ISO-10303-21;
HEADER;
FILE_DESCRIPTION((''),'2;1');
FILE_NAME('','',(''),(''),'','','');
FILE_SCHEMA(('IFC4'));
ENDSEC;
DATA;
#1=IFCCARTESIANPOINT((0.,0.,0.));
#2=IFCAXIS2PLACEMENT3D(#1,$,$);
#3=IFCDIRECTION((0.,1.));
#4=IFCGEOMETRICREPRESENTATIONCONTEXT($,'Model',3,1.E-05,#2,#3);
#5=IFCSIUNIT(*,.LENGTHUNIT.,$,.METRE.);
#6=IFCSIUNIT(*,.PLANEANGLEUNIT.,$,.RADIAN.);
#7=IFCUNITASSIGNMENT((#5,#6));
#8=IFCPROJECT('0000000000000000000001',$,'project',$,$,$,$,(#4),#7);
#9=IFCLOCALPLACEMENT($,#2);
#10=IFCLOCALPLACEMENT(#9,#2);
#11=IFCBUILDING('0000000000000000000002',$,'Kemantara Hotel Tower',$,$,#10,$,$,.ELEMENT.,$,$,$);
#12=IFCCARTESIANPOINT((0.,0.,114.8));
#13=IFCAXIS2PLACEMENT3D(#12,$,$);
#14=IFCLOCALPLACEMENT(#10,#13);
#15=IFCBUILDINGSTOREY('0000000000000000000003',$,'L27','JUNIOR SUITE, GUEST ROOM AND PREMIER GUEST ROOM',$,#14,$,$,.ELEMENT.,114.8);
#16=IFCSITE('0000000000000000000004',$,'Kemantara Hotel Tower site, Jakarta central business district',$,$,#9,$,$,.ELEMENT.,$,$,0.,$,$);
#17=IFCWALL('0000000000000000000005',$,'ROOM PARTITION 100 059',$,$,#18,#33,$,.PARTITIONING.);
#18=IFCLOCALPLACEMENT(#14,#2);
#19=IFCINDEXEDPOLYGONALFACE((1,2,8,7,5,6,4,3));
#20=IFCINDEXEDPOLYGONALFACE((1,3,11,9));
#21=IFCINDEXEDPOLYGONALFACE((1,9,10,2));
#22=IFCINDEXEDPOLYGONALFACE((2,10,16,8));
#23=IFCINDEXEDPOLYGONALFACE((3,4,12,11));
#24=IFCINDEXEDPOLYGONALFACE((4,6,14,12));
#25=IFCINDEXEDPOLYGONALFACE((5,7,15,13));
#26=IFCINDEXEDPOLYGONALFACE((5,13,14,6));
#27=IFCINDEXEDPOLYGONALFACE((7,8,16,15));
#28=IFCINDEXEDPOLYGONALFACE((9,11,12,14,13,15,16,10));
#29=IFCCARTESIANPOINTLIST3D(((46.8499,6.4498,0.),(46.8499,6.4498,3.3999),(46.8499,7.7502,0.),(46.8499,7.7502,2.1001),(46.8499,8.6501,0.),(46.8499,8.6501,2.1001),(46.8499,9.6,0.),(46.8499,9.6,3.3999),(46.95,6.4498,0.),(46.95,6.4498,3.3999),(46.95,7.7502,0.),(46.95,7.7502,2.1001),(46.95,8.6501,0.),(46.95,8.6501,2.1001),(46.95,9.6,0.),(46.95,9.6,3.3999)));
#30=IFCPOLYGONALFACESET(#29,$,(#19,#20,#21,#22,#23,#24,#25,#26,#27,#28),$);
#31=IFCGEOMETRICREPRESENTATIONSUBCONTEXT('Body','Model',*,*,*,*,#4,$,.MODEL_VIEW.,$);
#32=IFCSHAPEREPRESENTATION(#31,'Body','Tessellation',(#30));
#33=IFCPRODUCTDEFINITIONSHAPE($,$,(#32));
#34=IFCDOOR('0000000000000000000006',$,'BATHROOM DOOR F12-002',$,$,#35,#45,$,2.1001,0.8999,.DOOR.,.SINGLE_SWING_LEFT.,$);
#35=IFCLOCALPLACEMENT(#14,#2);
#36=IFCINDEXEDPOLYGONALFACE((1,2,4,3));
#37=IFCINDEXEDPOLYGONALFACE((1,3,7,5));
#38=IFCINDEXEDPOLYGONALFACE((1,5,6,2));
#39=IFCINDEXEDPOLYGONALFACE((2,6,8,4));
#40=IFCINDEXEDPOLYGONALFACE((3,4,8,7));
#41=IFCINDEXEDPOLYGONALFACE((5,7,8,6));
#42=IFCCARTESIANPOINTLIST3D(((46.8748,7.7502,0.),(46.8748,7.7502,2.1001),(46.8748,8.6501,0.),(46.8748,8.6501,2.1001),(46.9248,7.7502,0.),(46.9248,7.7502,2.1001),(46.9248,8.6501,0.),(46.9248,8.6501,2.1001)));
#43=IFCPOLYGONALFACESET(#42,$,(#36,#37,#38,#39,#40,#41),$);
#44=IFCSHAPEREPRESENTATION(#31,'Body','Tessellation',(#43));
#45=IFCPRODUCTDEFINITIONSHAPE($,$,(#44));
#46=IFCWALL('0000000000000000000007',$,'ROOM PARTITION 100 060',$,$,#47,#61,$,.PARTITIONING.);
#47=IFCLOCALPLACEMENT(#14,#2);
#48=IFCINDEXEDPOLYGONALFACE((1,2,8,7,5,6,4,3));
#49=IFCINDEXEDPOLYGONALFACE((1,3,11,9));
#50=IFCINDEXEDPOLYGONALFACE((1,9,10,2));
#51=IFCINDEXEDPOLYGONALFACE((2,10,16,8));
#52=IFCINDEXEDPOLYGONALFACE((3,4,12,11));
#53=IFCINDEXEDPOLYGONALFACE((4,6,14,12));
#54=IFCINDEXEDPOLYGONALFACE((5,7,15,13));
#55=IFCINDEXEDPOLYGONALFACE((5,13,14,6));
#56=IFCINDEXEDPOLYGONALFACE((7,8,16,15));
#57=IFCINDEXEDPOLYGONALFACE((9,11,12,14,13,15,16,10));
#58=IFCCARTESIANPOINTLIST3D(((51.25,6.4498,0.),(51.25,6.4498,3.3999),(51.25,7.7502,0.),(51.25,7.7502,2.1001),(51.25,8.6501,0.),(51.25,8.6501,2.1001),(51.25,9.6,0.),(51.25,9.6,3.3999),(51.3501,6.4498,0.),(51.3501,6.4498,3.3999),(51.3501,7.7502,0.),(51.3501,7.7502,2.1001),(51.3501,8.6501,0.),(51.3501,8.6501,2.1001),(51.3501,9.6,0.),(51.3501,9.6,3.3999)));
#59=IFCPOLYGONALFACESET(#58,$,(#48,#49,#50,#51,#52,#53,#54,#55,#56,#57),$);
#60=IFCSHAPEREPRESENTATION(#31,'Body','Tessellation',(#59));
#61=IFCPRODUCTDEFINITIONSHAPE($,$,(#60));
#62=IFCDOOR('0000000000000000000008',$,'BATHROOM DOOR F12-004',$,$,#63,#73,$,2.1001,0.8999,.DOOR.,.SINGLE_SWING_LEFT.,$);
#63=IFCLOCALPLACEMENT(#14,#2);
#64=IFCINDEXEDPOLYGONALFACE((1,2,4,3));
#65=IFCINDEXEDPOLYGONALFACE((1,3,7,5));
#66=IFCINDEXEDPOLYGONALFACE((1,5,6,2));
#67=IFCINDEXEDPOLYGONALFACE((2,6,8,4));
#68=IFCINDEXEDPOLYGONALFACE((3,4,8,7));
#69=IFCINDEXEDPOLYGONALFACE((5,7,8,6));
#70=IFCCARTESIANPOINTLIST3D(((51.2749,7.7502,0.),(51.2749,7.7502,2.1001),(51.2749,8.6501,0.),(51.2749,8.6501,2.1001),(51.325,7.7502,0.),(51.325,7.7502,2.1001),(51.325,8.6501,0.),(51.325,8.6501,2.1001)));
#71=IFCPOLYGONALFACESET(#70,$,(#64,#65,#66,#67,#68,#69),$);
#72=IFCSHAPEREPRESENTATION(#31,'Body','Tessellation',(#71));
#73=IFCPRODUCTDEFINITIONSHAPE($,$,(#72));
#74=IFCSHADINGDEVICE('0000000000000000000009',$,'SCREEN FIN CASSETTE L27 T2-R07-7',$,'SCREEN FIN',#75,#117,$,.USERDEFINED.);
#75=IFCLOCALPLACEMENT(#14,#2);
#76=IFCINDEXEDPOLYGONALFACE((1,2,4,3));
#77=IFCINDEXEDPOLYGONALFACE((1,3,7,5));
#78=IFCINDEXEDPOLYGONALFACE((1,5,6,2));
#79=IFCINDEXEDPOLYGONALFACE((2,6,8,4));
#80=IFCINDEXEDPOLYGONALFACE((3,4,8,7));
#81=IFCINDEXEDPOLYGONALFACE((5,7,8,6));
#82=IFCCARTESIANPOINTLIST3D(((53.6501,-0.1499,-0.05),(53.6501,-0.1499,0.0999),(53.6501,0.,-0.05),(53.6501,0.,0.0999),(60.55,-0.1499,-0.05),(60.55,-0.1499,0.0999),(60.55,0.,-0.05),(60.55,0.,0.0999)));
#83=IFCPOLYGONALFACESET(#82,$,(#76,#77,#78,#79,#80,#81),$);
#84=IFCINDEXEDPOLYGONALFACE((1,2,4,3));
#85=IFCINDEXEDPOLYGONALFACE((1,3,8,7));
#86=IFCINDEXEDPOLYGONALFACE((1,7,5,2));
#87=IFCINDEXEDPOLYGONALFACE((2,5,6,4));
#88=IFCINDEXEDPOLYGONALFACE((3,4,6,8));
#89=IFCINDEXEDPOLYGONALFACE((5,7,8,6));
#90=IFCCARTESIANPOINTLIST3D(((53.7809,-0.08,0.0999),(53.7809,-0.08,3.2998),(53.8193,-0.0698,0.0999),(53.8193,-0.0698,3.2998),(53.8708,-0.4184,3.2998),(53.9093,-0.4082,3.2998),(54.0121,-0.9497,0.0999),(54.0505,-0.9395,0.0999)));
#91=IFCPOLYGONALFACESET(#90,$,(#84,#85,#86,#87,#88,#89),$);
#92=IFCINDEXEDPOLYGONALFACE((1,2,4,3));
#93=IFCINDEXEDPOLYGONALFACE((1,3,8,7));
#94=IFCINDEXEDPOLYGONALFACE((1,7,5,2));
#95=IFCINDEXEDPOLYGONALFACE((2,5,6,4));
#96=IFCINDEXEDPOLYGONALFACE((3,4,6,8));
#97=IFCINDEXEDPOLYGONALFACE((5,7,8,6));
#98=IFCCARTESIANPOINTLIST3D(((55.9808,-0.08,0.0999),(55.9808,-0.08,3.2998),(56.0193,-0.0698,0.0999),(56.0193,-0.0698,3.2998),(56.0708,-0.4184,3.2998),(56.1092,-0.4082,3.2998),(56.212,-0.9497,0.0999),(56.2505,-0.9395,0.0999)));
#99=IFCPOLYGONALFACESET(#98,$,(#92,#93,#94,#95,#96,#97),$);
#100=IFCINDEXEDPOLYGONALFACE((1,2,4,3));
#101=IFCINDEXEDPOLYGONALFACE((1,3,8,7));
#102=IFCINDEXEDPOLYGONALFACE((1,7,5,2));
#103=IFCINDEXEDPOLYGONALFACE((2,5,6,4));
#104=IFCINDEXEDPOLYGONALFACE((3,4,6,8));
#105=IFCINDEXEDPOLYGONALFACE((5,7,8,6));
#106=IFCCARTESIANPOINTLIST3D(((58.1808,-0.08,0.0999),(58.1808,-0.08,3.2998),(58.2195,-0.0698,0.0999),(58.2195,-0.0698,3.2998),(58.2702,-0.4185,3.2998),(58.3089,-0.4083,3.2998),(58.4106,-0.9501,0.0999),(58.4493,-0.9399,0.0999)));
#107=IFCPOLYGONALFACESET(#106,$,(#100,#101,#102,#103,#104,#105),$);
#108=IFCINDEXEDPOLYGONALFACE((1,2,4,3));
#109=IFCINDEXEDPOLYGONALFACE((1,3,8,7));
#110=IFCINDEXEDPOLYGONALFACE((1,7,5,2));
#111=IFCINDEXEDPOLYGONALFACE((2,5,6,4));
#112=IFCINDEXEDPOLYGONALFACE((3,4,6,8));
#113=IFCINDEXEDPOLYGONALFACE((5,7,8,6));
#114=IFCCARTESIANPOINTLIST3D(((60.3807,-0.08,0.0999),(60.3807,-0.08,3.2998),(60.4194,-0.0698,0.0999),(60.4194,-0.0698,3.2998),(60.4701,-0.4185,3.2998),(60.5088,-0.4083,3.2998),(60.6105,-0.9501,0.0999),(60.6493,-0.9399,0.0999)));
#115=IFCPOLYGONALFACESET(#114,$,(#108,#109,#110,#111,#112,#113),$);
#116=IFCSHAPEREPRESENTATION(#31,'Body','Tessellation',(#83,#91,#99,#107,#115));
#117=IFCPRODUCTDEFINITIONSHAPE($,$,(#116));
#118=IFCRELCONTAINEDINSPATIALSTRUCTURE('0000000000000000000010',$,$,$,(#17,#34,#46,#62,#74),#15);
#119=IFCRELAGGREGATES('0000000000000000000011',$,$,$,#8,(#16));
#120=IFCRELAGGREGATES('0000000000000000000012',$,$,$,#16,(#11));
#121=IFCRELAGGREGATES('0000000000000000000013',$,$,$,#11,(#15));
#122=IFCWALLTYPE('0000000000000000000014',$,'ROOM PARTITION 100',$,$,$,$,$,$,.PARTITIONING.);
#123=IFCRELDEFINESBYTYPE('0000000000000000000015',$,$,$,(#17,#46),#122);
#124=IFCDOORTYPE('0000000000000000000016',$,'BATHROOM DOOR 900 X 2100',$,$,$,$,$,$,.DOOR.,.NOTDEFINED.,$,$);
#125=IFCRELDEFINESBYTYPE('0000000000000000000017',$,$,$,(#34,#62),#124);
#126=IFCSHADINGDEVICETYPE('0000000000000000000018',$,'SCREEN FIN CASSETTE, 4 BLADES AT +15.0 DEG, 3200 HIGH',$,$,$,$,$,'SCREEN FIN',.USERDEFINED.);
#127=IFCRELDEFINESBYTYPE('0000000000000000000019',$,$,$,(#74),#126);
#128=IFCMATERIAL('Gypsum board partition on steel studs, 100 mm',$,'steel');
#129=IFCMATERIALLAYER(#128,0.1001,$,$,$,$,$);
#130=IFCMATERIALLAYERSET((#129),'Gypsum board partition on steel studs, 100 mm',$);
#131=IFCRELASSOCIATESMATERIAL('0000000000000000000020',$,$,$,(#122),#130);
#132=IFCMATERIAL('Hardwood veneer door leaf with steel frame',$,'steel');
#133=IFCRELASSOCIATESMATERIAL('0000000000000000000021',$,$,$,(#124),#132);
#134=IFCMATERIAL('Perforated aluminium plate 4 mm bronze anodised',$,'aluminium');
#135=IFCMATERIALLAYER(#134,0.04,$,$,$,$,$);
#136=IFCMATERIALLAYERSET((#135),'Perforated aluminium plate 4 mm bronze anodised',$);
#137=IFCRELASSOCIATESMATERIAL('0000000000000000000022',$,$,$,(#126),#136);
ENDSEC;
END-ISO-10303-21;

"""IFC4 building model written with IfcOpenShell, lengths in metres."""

from ifc_helpers import new_model, si_unit, direction, frame, frame_2d, origin, origin_2d, place, context, subcontext, project, spatial, polyline, rectangle, outline, extrude, source, transform, mapped, material, layer, layer_set, type_object, element, fill, save


model = new_model("IFC4")

# Units and contexts
model_context = context("Model", 3, precision=1e-05, world=origin(), true_north=direction((0.0, 1.0)))
body_context = subcontext(model_context, "Body", "Model", "MODEL_VIEW")
ifc_project = project(units=[si_unit("LENGTHUNIT", "METRE"), si_unit("PLANEANGLEUNIT", "RADIAN")], contexts=[model_context])

# Site, building, storey
site_placement = place(None, origin())
site = spatial("IfcSite", under=ifc_project, at=site_placement, Name="Kemantara Hotel Tower site, Jakarta central business district", CompositionType="ELEMENT", RefElevation=0.0)
building_placement = place(site_placement, origin())
building = spatial("IfcBuilding", under=site, at=building_placement, Name="Kemantara Hotel Tower", CompositionType="ELEMENT")
storey_placement = place(building_placement, frame((0.0, 0.0, 114.8)))
storey = spatial("IfcBuildingStorey", under=building, at=storey_placement, Name="L27", Description="JUNIOR SUITE, GUEST ROOM AND PREMIER GUEST ROOM", CompositionType="ELEMENT", Elevation=114.8)

# Shared definitions
ifc_material_1 = material(Name="Hardwood veneer door leaf with steel frame", Category="steel")

# Shared definitions
ifc_material_2 = material(Name="Gypsum board partition on steel studs, 100 mm", Category="steel")
ifc_layer_1 = layer(ifc_material_2, 0.1001)
ifc_layer_set_1 = layer_set([ifc_layer_1], Name="Gypsum board partition on steel studs, 100 mm")
wall_type_1 = type_object("IfcWallType", Name="ROOM PARTITION 100", PredefinedType="PARTITIONING", material=ifc_layer_set_1)

# Walls, openings, doors
wall_1_placement = place(storey_placement, frame((46.8999, 9.6001, 0.0), z_axis=(0.0, 0.0, 1.0), x_axis=(0.0, -1.0, 0.0)))
wall_1 = element("IfcWall", 1, at=wall_1_placement, inside=storey, type_object=wall_type_1, Name="ROOM PARTITION 100 059", PredefinedType="PARTITIONING", context=body_context, shape_type="SweptSolid", body=[
    extrude(rectangle(XDim=3.1501, YDim=0.1001, at=frame_2d((1.5752, 0.0))), origin(), (0.0, 0.0, 1.0), 3.3999),
])
opening_1_placement = place(wall_1_placement, frame((0.95, 0.0, 0.0)))
opening_1 = element("IfcOpeningElement", 2, at=opening_1_placement, cuts=wall_1, PredefinedType="OPENING", context=body_context, shape_type="SweptSolid", body=[
    extrude(rectangle(XDim=0.8999, YDim=2.1001, at=frame_2d((0.45, 1.05))), frame((0.0, 0.0601, 0.0), z_axis=(0.0, -1.0, 0.0), x_axis=(1.0, 0.0, 0.0)), (0.0, 0.0, 1.0), 0.1201),
])
door_type_1 = type_object("IfcDoorType", Name="BATHROOM DOOR 900 X 2100", OperationType="NOTDEFINED", PredefinedType="DOOR", material=ifc_material_1)
door_1_placement = place(opening_1_placement, origin())
door_1 = element("IfcDoor", 3, at=door_1_placement, inside=storey, type_object=door_type_1, Name="BATHROOM DOOR F12-002", OperationType="SINGLE_SWING_LEFT", OverallHeight=2.1001, OverallWidth=0.8999, PredefinedType="DOOR", context=body_context, shape_type="SweptSolid", body=[
    extrude(rectangle(XDim=0.8999, YDim=2.1001, at=frame_2d((0.45, 1.05))), frame((0.0, 0.0249, 0.0), z_axis=(0.0, -1.0, 0.0), x_axis=(1.0, 0.0, 0.0)), (0.0, 0.0, 1.0), 0.05),
])
fill(opening_1, door_1)
wall_2_placement = place(storey_placement, frame((51.3, 9.6001, 0.0), z_axis=(0.0, 0.0, 1.0), x_axis=(0.0, -1.0, 0.0)))
wall_2 = element("IfcWall", 4, at=wall_2_placement, inside=storey, type_object=wall_type_1, Name="ROOM PARTITION 100 060", PredefinedType="PARTITIONING", context=body_context, shape_type="SweptSolid", body=[
    extrude(rectangle(XDim=3.1501, YDim=0.1001, at=frame_2d((1.5752, 0.0))), origin(), (0.0, 0.0, 1.0), 3.3999),
])
opening_2_placement = place(wall_2_placement, frame((0.95, 0.0, 0.0)))
opening_2 = element("IfcOpeningElement", 5, at=opening_2_placement, cuts=wall_2, PredefinedType="OPENING", context=body_context, shape_type="SweptSolid", body=[
    extrude(rectangle(XDim=0.8999, YDim=2.1001, at=frame_2d((0.45, 1.05))), frame((0.0, 0.0601, 0.0), z_axis=(0.0, -1.0, 0.0), x_axis=(1.0, 0.0, 0.0)), (0.0, 0.0, 1.0), 0.1201),
])
door_2_placement = place(opening_2_placement, origin())
door_2 = element("IfcDoor", 6, at=door_2_placement, inside=storey, type_object=door_type_1, Name="BATHROOM DOOR F12-004", OperationType="SINGLE_SWING_LEFT", OverallHeight=2.1001, OverallWidth=0.8999, PredefinedType="DOOR", context=body_context, shape_type="SweptSolid", body=[
    extrude(rectangle(XDim=0.8999, YDim=2.1001, at=frame_2d((0.45, 1.05))), frame((0.0, 0.0249, 0.0), z_axis=(0.0, -1.0, 0.0), x_axis=(1.0, 0.0, 0.0)), (0.0, 0.0, 1.0), 0.05),
])
fill(opening_2, door_2)

# Shading device
ifc_material_3 = material(Name="Perforated aluminium plate 4 mm bronze anodised", Category="aluminium")
ifc_layer_2 = layer(ifc_material_3, 0.04)
ifc_layer_set_2 = layer_set([ifc_layer_2], Name="Perforated aluminium plate 4 mm bronze anodised")
shading_device_type = type_object("IfcShadingDeviceType", Name="SCREEN FIN CASSETTE, 4 BLADES AT +15.0 DEG, 3200 HIGH", ElementType="SCREEN FIN", PredefinedType="USERDEFINED", material=ifc_layer_set_2)
shared_shape = source(origin(), body_context, "Body", "SweptSolid", [
    extrude(rectangle(XDim=6.8999, YDim=0.1499, at=origin_2d()), frame((3.3, -0.075, -0.1499), z_axis=(0.0, 0.0, 1.0), x_axis=(1.0, 0.0, 0.0)), (0.0, 0.0, 1.0), 0.1499),
    extrude(outline(polyline([(0.0, 0.0), (0.8999, 0.0), (0.3501, 3.2), (0.0, 3.2), (0.0, 0.0)])), frame((0.0193, -0.0698, 0.0), z_axis=(-0.966438, -0.256901, 0.0), x_axis=(0.256901, -0.966438, 0.0)), (0.0, 0.0, 1.0), 0.0398),
    extrude(outline(polyline([(0.0, 0.0), (0.8999, 0.0), (0.3501, 3.2), (0.0, 3.2), (0.0, 0.0)])), frame((2.2192, -0.0698, 0.0), z_axis=(-0.966438, -0.256901, 0.0), x_axis=(0.256901, -0.966438, 0.0)), (0.0, 0.0, 1.0), 0.0398),
    extrude(outline(polyline([(0.0, 0.0), (0.8999, 0.0), (0.3501, 3.2), (0.0, 3.2), (0.0, 0.0)])), frame((4.4194, -0.0698, 0.0), z_axis=(-0.966838, -0.255391, 0.0), x_axis=(0.255391, -0.966838, 0.0)), (0.0, 0.0, 1.0), 0.04),
    extrude(outline(polyline([(0.0, 0.0), (0.8999, 0.0), (0.3501, 3.2), (0.0, 3.2), (0.0, 0.0)])), frame((6.6194, -0.0698, 0.0), z_axis=(-0.966838, -0.255391, 0.0), x_axis=(0.255391, -0.966838, 0.0)), (0.0, 0.0, 1.0), 0.04),
])
shading_device_placement = place(storey_placement, frame((53.8, 0.0, 0.0999), z_axis=(0.0, 0.0, 1.0), x_axis=(1.0, 0.0, 0.0)))
element("IfcShadingDevice", 7, at=shading_device_placement, inside=storey, type_object=shading_device_type, Name="SCREEN FIN CASSETTE L27 T2-R07-7", ObjectType="SCREEN FIN", PredefinedType="USERDEFINED", context=body_context, shape_type="MappedRepresentation", body=[
    mapped(shared_shape, transform((0.0, 0.0, 0.0))),
])

save(model, "model.ifc")
